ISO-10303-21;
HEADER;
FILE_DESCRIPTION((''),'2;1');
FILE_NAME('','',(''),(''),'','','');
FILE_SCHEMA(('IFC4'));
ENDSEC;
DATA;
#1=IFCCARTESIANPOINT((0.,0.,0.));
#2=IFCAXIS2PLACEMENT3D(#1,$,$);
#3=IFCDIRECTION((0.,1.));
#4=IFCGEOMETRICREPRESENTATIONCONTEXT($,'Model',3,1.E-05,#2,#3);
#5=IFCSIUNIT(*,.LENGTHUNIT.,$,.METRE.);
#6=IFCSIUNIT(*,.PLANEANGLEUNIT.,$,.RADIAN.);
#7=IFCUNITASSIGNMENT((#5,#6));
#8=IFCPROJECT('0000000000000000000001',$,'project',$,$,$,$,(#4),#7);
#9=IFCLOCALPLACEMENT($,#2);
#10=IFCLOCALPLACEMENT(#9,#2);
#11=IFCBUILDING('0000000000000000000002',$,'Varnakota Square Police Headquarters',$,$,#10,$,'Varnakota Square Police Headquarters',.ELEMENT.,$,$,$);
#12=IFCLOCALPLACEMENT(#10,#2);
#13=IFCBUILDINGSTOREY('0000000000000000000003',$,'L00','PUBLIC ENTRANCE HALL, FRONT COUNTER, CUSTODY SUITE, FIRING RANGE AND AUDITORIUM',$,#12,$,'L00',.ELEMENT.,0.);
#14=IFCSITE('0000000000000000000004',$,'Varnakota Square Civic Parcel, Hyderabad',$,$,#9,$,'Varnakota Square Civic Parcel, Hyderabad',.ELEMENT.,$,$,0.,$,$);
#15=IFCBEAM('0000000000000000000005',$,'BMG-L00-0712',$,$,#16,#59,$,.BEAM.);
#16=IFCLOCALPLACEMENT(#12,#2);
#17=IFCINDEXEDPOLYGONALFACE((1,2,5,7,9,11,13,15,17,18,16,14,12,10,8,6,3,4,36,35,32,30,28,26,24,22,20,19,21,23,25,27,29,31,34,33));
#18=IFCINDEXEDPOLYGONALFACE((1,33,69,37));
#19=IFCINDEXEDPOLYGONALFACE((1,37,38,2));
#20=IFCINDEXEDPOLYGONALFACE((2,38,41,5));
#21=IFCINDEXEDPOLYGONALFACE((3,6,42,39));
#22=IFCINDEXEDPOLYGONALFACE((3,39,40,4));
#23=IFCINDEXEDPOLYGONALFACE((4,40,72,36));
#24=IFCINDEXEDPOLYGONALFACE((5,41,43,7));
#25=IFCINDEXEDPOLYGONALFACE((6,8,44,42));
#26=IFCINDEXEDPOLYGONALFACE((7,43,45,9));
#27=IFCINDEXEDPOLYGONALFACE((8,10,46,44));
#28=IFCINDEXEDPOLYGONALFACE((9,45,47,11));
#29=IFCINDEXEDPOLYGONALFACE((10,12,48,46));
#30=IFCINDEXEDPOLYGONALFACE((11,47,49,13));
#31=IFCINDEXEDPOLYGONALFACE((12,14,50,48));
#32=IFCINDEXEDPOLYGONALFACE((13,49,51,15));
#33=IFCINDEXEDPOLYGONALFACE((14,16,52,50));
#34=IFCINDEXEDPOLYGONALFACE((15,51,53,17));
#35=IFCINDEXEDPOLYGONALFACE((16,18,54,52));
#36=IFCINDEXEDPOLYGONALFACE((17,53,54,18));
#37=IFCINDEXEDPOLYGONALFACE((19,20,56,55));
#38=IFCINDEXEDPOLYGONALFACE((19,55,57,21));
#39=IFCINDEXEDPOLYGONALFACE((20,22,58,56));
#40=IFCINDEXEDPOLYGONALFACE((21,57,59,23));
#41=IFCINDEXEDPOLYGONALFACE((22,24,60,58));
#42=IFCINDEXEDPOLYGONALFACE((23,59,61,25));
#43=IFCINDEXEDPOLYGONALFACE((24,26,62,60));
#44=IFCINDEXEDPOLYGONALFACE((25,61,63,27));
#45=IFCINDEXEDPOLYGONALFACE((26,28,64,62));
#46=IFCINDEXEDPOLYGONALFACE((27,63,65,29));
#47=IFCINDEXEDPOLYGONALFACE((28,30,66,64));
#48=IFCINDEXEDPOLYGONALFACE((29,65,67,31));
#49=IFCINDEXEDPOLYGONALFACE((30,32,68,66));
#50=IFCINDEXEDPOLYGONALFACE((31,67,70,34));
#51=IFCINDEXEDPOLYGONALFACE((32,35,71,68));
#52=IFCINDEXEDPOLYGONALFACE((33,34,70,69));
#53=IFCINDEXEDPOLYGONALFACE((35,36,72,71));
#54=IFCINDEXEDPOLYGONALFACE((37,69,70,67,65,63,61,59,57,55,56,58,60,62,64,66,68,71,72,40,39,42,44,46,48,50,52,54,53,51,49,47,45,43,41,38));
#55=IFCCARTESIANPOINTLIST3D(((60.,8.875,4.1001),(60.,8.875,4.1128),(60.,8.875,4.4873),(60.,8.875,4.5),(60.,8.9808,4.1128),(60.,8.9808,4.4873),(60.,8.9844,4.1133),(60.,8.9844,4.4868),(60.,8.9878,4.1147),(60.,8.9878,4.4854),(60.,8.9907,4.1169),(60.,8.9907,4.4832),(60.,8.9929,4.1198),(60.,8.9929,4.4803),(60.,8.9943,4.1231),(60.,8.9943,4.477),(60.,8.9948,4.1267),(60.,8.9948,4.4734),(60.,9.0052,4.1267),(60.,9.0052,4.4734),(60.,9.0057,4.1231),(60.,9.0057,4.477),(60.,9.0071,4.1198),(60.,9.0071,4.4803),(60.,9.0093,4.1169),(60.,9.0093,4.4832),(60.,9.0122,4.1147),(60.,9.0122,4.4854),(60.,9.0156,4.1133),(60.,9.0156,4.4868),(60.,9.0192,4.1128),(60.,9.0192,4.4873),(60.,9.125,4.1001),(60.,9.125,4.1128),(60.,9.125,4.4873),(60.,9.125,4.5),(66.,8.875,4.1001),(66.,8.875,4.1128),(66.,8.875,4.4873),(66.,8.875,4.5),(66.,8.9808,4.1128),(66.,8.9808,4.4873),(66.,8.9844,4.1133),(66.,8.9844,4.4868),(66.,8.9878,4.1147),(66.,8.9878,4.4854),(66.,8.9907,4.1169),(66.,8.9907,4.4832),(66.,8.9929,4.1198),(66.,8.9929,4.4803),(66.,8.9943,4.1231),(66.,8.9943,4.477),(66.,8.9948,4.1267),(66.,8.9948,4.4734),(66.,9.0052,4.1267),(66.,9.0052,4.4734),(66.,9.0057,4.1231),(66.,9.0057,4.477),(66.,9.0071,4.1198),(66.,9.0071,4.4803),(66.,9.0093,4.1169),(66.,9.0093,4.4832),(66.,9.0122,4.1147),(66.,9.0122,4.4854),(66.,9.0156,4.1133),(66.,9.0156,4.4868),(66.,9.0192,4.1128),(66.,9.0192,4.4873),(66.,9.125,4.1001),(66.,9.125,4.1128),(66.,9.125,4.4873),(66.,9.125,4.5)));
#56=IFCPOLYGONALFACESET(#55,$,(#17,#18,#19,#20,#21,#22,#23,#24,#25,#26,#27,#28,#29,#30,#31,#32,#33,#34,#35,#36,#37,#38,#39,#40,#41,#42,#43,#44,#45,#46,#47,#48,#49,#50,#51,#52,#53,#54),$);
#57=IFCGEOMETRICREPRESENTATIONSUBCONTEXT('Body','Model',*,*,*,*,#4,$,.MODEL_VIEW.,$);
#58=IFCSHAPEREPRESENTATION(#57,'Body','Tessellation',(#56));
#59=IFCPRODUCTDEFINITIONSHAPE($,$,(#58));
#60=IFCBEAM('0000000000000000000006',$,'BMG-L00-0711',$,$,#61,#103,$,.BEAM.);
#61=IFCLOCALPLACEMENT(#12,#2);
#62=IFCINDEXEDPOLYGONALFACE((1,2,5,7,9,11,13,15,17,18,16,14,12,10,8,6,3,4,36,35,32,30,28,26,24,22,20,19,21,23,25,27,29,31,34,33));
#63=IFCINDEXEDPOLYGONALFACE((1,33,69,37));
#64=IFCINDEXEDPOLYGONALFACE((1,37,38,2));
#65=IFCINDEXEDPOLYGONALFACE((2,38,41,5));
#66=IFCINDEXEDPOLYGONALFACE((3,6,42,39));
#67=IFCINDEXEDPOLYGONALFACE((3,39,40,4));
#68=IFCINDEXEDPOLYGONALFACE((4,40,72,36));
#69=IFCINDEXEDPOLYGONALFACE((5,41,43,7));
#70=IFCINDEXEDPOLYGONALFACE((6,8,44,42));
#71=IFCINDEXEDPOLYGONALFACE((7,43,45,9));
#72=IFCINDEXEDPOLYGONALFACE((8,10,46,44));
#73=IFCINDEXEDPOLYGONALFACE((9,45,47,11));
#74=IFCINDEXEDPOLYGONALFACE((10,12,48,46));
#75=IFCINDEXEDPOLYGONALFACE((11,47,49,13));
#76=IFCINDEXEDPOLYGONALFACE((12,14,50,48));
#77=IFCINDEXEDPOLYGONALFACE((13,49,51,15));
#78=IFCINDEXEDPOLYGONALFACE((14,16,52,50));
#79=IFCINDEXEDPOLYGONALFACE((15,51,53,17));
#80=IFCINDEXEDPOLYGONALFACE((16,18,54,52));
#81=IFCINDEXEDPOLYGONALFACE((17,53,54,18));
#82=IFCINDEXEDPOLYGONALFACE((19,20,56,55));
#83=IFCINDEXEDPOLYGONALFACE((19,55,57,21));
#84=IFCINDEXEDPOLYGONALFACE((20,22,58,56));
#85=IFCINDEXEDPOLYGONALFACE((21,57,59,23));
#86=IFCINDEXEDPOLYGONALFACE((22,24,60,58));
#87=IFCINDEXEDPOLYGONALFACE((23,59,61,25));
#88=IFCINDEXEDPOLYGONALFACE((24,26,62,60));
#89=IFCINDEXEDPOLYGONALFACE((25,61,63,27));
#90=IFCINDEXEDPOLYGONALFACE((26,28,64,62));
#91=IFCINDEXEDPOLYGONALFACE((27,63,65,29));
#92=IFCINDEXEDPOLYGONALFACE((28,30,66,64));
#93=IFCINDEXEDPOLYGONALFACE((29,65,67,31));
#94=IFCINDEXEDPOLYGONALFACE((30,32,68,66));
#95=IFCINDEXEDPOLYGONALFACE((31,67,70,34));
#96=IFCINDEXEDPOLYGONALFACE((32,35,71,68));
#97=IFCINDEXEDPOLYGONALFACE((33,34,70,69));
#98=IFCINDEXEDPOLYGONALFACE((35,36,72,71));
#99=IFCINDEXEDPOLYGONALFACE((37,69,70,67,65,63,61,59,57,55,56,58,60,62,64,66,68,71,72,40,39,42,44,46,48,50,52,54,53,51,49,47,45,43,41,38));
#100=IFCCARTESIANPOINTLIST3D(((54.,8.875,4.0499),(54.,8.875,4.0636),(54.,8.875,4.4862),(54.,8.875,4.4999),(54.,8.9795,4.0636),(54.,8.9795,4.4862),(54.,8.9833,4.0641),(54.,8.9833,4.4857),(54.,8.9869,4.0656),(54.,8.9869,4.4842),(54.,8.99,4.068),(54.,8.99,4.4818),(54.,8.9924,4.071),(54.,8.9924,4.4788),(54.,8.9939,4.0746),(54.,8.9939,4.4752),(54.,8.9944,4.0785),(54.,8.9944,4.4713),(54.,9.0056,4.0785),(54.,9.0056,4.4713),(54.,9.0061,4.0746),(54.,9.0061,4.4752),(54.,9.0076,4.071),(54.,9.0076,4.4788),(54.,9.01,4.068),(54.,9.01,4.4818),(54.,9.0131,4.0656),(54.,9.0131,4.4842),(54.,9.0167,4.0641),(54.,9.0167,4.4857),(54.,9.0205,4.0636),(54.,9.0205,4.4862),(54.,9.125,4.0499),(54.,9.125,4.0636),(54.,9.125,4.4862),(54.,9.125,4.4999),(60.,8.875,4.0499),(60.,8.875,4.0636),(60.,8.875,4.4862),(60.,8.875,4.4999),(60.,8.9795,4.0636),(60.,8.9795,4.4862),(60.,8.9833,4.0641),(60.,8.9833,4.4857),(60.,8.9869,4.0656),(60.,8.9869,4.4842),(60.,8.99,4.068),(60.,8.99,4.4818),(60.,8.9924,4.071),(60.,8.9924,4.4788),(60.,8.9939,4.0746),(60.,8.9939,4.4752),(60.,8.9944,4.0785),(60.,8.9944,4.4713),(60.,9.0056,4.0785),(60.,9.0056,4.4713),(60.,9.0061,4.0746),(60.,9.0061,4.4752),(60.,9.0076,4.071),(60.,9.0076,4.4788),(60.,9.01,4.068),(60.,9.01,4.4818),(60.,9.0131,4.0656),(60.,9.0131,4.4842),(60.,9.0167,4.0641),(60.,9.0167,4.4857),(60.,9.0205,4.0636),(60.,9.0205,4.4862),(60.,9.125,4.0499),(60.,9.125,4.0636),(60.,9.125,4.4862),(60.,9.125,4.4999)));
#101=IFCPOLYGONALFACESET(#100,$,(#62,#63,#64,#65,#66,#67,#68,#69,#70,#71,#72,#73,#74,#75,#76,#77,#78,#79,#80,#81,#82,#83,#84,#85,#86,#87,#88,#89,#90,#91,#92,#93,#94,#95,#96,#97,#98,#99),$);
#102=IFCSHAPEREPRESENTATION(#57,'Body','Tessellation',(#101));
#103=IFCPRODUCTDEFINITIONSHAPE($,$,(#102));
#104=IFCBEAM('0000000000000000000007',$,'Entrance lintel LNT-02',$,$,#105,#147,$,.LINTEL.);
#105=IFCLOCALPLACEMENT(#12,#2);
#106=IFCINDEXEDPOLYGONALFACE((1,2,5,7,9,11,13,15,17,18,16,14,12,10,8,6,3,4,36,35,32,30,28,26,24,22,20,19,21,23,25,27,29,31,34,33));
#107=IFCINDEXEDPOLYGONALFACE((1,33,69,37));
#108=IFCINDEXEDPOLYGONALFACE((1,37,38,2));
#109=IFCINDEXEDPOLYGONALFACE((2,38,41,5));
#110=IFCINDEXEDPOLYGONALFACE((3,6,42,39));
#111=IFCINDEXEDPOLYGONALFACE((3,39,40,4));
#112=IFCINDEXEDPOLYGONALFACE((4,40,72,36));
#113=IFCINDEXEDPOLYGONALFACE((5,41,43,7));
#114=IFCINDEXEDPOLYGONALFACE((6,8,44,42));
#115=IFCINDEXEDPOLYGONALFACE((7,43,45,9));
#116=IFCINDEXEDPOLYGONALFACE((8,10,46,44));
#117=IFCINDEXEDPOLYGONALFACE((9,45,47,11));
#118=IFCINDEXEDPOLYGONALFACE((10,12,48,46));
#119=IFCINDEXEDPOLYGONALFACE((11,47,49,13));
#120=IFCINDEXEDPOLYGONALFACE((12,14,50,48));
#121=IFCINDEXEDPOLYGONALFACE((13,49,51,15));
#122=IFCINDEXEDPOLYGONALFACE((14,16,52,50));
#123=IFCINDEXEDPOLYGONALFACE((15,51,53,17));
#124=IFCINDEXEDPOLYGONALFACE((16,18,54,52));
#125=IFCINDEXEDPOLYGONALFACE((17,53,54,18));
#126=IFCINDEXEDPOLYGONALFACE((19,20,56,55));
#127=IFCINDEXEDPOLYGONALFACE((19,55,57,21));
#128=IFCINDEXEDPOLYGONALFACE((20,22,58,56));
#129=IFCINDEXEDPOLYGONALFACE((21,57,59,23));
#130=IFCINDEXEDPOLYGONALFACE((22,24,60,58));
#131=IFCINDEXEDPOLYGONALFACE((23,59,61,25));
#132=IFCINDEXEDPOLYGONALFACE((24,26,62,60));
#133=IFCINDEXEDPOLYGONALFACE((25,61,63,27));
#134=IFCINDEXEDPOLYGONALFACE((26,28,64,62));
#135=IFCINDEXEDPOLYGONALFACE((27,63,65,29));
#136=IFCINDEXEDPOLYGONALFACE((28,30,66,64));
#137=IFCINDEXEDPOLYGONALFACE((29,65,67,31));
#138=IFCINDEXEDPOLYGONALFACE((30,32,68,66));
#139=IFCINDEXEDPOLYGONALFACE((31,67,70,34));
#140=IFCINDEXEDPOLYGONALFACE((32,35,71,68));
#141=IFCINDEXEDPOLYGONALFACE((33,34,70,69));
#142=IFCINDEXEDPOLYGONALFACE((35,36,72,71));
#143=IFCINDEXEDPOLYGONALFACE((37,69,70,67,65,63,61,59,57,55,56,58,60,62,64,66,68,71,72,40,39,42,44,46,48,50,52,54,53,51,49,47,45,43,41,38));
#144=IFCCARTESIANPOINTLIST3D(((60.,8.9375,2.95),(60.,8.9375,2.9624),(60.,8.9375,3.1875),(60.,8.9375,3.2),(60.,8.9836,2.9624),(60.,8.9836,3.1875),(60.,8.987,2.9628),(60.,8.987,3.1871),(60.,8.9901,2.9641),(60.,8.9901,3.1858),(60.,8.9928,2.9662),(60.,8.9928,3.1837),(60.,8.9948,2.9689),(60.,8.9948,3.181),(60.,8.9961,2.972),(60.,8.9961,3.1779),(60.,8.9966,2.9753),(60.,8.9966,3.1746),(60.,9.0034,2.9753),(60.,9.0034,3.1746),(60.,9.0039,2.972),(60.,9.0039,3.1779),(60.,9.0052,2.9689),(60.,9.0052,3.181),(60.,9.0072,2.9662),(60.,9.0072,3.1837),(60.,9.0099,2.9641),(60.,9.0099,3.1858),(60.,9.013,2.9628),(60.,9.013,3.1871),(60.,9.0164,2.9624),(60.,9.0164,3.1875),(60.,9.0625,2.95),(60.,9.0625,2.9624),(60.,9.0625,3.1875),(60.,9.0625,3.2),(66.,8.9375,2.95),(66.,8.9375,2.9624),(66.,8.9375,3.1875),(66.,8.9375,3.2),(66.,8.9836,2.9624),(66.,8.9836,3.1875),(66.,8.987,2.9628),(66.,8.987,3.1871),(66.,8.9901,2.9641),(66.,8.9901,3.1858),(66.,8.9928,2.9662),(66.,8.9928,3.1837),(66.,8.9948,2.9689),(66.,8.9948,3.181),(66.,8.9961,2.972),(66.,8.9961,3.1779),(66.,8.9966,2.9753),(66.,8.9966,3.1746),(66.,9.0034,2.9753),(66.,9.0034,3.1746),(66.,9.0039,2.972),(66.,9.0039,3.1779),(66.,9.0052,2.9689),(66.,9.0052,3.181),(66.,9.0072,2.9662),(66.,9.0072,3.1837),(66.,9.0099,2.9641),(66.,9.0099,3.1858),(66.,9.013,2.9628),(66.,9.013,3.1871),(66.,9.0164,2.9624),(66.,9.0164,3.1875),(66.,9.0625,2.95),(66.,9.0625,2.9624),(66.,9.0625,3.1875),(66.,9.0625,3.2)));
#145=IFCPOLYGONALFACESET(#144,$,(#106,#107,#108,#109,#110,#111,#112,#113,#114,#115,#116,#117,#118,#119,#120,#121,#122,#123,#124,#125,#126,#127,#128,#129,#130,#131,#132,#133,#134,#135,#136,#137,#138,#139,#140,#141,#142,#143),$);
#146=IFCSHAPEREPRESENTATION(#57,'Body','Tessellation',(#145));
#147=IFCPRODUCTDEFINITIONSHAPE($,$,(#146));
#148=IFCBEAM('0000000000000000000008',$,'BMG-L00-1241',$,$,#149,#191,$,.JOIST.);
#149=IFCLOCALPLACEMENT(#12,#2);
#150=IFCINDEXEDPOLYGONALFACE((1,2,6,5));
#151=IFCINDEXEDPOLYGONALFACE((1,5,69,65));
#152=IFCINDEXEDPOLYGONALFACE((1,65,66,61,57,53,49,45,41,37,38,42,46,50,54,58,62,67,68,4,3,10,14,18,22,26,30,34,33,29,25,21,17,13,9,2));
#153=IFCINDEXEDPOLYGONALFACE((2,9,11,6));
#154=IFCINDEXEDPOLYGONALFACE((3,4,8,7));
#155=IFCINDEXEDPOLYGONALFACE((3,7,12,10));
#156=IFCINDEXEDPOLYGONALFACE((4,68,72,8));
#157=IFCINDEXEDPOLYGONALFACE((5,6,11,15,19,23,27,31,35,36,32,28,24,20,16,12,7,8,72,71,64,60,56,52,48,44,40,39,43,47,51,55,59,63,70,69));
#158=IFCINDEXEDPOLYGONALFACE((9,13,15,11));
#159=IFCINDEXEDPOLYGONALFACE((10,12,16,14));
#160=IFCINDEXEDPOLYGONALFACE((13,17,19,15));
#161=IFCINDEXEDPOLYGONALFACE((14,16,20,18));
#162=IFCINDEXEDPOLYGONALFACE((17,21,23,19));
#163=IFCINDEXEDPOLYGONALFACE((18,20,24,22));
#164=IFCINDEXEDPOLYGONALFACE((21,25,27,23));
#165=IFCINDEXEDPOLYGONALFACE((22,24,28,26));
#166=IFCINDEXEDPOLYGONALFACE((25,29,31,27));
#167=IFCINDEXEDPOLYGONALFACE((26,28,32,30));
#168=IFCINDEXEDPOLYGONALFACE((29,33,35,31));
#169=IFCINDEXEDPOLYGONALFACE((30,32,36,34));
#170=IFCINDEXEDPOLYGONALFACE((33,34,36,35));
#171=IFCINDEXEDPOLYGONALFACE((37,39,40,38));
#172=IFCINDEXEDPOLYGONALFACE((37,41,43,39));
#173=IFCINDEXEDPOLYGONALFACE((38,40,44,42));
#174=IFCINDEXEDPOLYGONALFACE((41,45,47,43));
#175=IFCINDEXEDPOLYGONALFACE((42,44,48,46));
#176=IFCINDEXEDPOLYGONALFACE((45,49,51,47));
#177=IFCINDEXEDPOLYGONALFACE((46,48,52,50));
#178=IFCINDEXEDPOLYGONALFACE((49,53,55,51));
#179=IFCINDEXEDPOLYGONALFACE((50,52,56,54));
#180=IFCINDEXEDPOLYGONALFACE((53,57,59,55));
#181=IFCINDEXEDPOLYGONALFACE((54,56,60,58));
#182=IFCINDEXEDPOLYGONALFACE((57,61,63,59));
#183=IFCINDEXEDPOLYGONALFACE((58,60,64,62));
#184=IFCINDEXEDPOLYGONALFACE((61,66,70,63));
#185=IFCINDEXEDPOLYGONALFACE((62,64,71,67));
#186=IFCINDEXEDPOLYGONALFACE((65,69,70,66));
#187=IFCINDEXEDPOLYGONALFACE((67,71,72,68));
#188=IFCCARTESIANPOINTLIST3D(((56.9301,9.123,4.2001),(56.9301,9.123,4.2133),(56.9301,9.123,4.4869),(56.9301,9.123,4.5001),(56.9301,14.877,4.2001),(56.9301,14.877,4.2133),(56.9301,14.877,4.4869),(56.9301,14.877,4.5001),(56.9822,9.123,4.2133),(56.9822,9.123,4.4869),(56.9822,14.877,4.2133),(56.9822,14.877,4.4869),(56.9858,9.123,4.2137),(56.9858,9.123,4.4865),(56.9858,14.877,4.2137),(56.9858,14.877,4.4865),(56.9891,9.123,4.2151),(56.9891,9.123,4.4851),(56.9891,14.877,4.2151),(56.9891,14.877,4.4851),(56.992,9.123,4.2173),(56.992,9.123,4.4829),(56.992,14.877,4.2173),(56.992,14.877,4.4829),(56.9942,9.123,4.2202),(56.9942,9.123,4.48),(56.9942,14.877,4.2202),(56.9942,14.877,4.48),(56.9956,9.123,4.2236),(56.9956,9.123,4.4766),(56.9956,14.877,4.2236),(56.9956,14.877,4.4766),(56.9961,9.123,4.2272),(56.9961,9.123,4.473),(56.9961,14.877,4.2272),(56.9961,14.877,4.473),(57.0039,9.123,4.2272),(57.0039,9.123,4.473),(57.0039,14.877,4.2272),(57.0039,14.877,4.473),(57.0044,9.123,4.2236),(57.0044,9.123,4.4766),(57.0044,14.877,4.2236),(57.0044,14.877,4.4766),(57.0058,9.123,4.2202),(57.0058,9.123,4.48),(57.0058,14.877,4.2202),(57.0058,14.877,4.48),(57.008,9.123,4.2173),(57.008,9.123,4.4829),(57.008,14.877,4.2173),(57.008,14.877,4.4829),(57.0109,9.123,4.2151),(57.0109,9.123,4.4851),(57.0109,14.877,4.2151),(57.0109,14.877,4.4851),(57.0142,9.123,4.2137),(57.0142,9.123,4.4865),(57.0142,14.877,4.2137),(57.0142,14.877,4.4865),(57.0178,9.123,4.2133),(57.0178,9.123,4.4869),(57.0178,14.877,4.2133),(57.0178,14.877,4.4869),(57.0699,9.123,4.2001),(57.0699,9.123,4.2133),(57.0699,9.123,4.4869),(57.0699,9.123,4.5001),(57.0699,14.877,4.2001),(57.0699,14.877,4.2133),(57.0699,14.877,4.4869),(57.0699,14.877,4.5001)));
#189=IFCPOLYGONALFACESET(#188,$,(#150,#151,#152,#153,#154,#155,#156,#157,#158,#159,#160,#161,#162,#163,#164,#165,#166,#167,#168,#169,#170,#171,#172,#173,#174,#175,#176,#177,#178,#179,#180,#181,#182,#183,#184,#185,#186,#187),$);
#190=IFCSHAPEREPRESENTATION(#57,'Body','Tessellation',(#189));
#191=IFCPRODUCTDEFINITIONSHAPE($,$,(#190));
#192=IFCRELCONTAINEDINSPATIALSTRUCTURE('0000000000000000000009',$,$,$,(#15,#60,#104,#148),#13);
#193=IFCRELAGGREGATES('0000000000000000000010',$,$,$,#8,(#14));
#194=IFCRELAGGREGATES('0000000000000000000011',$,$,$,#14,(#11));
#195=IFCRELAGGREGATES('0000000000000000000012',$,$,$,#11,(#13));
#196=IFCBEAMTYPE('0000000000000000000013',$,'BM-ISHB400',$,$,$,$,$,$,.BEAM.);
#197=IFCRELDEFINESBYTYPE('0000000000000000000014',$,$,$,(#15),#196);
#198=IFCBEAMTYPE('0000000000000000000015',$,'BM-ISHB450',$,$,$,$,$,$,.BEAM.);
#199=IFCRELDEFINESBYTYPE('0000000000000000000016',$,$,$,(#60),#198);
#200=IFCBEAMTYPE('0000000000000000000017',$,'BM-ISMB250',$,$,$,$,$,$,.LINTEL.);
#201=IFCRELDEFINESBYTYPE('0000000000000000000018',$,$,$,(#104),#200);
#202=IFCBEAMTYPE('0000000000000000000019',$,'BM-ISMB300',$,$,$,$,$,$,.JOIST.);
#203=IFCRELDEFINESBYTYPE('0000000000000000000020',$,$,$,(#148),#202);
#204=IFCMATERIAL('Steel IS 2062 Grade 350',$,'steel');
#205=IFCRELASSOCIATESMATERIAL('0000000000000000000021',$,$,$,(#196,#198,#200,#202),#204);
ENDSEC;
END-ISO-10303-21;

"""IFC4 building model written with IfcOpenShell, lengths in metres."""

from ifc_helpers import new_model, si_unit, direction, frame, origin, origin_2d, place, context, subcontext, project, spatial, i_section, extrude, material, material_profile, profile_set, type_object, element, save


model = new_model("IFC4")

# Units and contexts
model_context = context("Model", 3, precision=1e-05, world=origin(), true_north=direction((0.0, 1.0)))
body_context = subcontext(model_context, "Body", "Model", "MODEL_VIEW")
ifc_project = project(units=[si_unit("LENGTHUNIT", "METRE"), si_unit("PLANEANGLEUNIT", "RADIAN")], contexts=[model_context])

# Site, building, storey
site_placement = place(None, origin())
site = spatial("IfcSite", under=ifc_project, at=site_placement, Name="Varnakota Square Civic Parcel, Hyderabad", LongName="Varnakota Square Civic Parcel, Hyderabad", CompositionType="ELEMENT", RefElevation=0.0)
building_placement = place(site_placement, origin())
building = spatial("IfcBuilding", under=site, at=building_placement, Name="Varnakota Square Police Headquarters", LongName="Varnakota Square Police Headquarters", CompositionType="ELEMENT")
storey_placement = place(building_placement, origin())
storey = spatial("IfcBuildingStorey", under=building, at=storey_placement, Name="L00", Description="PUBLIC ENTRANCE HALL, FRONT COUNTER, CUSTODY SUITE, FIRING RANGE AND AUDITORIUM", LongName="L00", CompositionType="ELEMENT", Elevation=0.0)

# Beams
ifc_material_1 = material(Name="Steel IS 2062 Grade 350", Category="steel")
ifc_material_profile_1 = material_profile(ifc_material_1, i_section(OverallWidth=0.25, OverallDepth=0.3999, WebThickness=0.0105, FlangeThickness=0.0127, FilletRadius=0.0139, at=origin_2d()), Name="ISHB 400")
ifc_profile_set_1 = profile_set([ifc_material_profile_1], Name="Steel IS 2062 Grade 350")
beam_type_1 = type_object("IfcBeamType", Name="BM-ISHB400", PredefinedType="BEAM", material=ifc_profile_set_1)
beam_1_placement = place(storey_placement, frame((60.0, 9.0, 4.3), z_axis=(1.0, 0.0, 0.0), x_axis=(0.0, 1.0, 0.0)))
element("IfcBeam", 1, at=beam_1_placement, inside=storey, type_object=beam_type_1, Name="BMG-L00-0712", PredefinedType="BEAM", context=body_context, shape_type="SweptSolid", body=[
    extrude(i_section(OverallWidth=0.25, OverallDepth=0.3999, WebThickness=0.0105, FlangeThickness=0.0127, FilletRadius=0.0139, at=origin_2d()), origin(), (0.0, 0.0, 1.0), 6.0),
])
ifc_material_profile_2 = material_profile(ifc_material_1, i_section(OverallWidth=0.25, OverallDepth=0.45, WebThickness=0.0112, FlangeThickness=0.0137, FilletRadius=0.0149, at=origin_2d()), Name="ISHB 450")
ifc_profile_set_2 = profile_set([ifc_material_profile_2], Name="Steel IS 2062 Grade 350")
beam_type_2 = type_object("IfcBeamType", Name="BM-ISHB450", PredefinedType="BEAM", material=ifc_profile_set_2)
beam_2_placement = place(storey_placement, frame((54.0, 9.0, 4.2749), z_axis=(1.0, 0.0, 0.0), x_axis=(0.0, 1.0, 0.0)))
element("IfcBeam", 2, at=beam_2_placement, inside=storey, type_object=beam_type_2, Name="BMG-L00-0711", PredefinedType="BEAM", context=body_context, shape_type="SweptSolid", body=[
    extrude(i_section(OverallWidth=0.25, OverallDepth=0.45, WebThickness=0.0112, FlangeThickness=0.0137, FilletRadius=0.0149, at=origin_2d()), origin(), (0.0, 0.0, 1.0), 6.0),
])
ifc_material_profile_3 = material_profile(ifc_material_1, i_section(OverallWidth=0.125, OverallDepth=0.25, WebThickness=0.0068, FlangeThickness=0.0125, FilletRadius=0.0129, at=origin_2d()), Name="ISMB 250")
ifc_profile_set_3 = profile_set([ifc_material_profile_3], Name="Steel IS 2062 Grade 350")
beam_type_3 = type_object("IfcBeamType", Name="BM-ISMB250", PredefinedType="LINTEL", material=ifc_profile_set_3)
beam_3_placement = place(storey_placement, frame((60.0, 9.0, 3.075), z_axis=(1.0, 0.0, 0.0), x_axis=(0.0, 1.0, 0.0)))
element("IfcBeam", 3, at=beam_3_placement, inside=storey, type_object=beam_type_3, Name="Entrance lintel LNT-02", PredefinedType="LINTEL", context=body_context, shape_type="SweptSolid", body=[
    extrude(i_section(OverallWidth=0.125, OverallDepth=0.25, WebThickness=0.0068, FlangeThickness=0.0125, FilletRadius=0.0129, at=origin_2d()), origin(), (0.0, 0.0, 1.0), 6.0),
])
ifc_material_profile_4 = material_profile(ifc_material_1, i_section(OverallWidth=0.1399, OverallDepth=0.3, WebThickness=0.0078, FlangeThickness=0.0132, FilletRadius=0.0139, at=origin_2d()), Name="ISMB 300")
ifc_profile_set_4 = profile_set([ifc_material_profile_4], Name="Steel IS 2062 Grade 350")
beam_type_4 = type_object("IfcBeamType", Name="BM-ISMB300", PredefinedType="JOIST", material=ifc_profile_set_4)
beam_4_placement = place(storey_placement, frame((57.0, 9.123, 4.3501), z_axis=(0.0, 1.0, 0.0), x_axis=(-1.0, 0.0, 0.0)))
element("IfcBeam", 4, at=beam_4_placement, inside=storey, type_object=beam_type_4, Name="BMG-L00-1241", PredefinedType="JOIST", context=body_context, shape_type="SweptSolid", body=[
    extrude(i_section(OverallWidth=0.1399, OverallDepth=0.3, WebThickness=0.0078, FlangeThickness=0.0132, FilletRadius=0.0139, at=origin_2d()), origin(), (0.0, 0.0, 1.0), 5.7539),
])

save(model, "model.ifc")
